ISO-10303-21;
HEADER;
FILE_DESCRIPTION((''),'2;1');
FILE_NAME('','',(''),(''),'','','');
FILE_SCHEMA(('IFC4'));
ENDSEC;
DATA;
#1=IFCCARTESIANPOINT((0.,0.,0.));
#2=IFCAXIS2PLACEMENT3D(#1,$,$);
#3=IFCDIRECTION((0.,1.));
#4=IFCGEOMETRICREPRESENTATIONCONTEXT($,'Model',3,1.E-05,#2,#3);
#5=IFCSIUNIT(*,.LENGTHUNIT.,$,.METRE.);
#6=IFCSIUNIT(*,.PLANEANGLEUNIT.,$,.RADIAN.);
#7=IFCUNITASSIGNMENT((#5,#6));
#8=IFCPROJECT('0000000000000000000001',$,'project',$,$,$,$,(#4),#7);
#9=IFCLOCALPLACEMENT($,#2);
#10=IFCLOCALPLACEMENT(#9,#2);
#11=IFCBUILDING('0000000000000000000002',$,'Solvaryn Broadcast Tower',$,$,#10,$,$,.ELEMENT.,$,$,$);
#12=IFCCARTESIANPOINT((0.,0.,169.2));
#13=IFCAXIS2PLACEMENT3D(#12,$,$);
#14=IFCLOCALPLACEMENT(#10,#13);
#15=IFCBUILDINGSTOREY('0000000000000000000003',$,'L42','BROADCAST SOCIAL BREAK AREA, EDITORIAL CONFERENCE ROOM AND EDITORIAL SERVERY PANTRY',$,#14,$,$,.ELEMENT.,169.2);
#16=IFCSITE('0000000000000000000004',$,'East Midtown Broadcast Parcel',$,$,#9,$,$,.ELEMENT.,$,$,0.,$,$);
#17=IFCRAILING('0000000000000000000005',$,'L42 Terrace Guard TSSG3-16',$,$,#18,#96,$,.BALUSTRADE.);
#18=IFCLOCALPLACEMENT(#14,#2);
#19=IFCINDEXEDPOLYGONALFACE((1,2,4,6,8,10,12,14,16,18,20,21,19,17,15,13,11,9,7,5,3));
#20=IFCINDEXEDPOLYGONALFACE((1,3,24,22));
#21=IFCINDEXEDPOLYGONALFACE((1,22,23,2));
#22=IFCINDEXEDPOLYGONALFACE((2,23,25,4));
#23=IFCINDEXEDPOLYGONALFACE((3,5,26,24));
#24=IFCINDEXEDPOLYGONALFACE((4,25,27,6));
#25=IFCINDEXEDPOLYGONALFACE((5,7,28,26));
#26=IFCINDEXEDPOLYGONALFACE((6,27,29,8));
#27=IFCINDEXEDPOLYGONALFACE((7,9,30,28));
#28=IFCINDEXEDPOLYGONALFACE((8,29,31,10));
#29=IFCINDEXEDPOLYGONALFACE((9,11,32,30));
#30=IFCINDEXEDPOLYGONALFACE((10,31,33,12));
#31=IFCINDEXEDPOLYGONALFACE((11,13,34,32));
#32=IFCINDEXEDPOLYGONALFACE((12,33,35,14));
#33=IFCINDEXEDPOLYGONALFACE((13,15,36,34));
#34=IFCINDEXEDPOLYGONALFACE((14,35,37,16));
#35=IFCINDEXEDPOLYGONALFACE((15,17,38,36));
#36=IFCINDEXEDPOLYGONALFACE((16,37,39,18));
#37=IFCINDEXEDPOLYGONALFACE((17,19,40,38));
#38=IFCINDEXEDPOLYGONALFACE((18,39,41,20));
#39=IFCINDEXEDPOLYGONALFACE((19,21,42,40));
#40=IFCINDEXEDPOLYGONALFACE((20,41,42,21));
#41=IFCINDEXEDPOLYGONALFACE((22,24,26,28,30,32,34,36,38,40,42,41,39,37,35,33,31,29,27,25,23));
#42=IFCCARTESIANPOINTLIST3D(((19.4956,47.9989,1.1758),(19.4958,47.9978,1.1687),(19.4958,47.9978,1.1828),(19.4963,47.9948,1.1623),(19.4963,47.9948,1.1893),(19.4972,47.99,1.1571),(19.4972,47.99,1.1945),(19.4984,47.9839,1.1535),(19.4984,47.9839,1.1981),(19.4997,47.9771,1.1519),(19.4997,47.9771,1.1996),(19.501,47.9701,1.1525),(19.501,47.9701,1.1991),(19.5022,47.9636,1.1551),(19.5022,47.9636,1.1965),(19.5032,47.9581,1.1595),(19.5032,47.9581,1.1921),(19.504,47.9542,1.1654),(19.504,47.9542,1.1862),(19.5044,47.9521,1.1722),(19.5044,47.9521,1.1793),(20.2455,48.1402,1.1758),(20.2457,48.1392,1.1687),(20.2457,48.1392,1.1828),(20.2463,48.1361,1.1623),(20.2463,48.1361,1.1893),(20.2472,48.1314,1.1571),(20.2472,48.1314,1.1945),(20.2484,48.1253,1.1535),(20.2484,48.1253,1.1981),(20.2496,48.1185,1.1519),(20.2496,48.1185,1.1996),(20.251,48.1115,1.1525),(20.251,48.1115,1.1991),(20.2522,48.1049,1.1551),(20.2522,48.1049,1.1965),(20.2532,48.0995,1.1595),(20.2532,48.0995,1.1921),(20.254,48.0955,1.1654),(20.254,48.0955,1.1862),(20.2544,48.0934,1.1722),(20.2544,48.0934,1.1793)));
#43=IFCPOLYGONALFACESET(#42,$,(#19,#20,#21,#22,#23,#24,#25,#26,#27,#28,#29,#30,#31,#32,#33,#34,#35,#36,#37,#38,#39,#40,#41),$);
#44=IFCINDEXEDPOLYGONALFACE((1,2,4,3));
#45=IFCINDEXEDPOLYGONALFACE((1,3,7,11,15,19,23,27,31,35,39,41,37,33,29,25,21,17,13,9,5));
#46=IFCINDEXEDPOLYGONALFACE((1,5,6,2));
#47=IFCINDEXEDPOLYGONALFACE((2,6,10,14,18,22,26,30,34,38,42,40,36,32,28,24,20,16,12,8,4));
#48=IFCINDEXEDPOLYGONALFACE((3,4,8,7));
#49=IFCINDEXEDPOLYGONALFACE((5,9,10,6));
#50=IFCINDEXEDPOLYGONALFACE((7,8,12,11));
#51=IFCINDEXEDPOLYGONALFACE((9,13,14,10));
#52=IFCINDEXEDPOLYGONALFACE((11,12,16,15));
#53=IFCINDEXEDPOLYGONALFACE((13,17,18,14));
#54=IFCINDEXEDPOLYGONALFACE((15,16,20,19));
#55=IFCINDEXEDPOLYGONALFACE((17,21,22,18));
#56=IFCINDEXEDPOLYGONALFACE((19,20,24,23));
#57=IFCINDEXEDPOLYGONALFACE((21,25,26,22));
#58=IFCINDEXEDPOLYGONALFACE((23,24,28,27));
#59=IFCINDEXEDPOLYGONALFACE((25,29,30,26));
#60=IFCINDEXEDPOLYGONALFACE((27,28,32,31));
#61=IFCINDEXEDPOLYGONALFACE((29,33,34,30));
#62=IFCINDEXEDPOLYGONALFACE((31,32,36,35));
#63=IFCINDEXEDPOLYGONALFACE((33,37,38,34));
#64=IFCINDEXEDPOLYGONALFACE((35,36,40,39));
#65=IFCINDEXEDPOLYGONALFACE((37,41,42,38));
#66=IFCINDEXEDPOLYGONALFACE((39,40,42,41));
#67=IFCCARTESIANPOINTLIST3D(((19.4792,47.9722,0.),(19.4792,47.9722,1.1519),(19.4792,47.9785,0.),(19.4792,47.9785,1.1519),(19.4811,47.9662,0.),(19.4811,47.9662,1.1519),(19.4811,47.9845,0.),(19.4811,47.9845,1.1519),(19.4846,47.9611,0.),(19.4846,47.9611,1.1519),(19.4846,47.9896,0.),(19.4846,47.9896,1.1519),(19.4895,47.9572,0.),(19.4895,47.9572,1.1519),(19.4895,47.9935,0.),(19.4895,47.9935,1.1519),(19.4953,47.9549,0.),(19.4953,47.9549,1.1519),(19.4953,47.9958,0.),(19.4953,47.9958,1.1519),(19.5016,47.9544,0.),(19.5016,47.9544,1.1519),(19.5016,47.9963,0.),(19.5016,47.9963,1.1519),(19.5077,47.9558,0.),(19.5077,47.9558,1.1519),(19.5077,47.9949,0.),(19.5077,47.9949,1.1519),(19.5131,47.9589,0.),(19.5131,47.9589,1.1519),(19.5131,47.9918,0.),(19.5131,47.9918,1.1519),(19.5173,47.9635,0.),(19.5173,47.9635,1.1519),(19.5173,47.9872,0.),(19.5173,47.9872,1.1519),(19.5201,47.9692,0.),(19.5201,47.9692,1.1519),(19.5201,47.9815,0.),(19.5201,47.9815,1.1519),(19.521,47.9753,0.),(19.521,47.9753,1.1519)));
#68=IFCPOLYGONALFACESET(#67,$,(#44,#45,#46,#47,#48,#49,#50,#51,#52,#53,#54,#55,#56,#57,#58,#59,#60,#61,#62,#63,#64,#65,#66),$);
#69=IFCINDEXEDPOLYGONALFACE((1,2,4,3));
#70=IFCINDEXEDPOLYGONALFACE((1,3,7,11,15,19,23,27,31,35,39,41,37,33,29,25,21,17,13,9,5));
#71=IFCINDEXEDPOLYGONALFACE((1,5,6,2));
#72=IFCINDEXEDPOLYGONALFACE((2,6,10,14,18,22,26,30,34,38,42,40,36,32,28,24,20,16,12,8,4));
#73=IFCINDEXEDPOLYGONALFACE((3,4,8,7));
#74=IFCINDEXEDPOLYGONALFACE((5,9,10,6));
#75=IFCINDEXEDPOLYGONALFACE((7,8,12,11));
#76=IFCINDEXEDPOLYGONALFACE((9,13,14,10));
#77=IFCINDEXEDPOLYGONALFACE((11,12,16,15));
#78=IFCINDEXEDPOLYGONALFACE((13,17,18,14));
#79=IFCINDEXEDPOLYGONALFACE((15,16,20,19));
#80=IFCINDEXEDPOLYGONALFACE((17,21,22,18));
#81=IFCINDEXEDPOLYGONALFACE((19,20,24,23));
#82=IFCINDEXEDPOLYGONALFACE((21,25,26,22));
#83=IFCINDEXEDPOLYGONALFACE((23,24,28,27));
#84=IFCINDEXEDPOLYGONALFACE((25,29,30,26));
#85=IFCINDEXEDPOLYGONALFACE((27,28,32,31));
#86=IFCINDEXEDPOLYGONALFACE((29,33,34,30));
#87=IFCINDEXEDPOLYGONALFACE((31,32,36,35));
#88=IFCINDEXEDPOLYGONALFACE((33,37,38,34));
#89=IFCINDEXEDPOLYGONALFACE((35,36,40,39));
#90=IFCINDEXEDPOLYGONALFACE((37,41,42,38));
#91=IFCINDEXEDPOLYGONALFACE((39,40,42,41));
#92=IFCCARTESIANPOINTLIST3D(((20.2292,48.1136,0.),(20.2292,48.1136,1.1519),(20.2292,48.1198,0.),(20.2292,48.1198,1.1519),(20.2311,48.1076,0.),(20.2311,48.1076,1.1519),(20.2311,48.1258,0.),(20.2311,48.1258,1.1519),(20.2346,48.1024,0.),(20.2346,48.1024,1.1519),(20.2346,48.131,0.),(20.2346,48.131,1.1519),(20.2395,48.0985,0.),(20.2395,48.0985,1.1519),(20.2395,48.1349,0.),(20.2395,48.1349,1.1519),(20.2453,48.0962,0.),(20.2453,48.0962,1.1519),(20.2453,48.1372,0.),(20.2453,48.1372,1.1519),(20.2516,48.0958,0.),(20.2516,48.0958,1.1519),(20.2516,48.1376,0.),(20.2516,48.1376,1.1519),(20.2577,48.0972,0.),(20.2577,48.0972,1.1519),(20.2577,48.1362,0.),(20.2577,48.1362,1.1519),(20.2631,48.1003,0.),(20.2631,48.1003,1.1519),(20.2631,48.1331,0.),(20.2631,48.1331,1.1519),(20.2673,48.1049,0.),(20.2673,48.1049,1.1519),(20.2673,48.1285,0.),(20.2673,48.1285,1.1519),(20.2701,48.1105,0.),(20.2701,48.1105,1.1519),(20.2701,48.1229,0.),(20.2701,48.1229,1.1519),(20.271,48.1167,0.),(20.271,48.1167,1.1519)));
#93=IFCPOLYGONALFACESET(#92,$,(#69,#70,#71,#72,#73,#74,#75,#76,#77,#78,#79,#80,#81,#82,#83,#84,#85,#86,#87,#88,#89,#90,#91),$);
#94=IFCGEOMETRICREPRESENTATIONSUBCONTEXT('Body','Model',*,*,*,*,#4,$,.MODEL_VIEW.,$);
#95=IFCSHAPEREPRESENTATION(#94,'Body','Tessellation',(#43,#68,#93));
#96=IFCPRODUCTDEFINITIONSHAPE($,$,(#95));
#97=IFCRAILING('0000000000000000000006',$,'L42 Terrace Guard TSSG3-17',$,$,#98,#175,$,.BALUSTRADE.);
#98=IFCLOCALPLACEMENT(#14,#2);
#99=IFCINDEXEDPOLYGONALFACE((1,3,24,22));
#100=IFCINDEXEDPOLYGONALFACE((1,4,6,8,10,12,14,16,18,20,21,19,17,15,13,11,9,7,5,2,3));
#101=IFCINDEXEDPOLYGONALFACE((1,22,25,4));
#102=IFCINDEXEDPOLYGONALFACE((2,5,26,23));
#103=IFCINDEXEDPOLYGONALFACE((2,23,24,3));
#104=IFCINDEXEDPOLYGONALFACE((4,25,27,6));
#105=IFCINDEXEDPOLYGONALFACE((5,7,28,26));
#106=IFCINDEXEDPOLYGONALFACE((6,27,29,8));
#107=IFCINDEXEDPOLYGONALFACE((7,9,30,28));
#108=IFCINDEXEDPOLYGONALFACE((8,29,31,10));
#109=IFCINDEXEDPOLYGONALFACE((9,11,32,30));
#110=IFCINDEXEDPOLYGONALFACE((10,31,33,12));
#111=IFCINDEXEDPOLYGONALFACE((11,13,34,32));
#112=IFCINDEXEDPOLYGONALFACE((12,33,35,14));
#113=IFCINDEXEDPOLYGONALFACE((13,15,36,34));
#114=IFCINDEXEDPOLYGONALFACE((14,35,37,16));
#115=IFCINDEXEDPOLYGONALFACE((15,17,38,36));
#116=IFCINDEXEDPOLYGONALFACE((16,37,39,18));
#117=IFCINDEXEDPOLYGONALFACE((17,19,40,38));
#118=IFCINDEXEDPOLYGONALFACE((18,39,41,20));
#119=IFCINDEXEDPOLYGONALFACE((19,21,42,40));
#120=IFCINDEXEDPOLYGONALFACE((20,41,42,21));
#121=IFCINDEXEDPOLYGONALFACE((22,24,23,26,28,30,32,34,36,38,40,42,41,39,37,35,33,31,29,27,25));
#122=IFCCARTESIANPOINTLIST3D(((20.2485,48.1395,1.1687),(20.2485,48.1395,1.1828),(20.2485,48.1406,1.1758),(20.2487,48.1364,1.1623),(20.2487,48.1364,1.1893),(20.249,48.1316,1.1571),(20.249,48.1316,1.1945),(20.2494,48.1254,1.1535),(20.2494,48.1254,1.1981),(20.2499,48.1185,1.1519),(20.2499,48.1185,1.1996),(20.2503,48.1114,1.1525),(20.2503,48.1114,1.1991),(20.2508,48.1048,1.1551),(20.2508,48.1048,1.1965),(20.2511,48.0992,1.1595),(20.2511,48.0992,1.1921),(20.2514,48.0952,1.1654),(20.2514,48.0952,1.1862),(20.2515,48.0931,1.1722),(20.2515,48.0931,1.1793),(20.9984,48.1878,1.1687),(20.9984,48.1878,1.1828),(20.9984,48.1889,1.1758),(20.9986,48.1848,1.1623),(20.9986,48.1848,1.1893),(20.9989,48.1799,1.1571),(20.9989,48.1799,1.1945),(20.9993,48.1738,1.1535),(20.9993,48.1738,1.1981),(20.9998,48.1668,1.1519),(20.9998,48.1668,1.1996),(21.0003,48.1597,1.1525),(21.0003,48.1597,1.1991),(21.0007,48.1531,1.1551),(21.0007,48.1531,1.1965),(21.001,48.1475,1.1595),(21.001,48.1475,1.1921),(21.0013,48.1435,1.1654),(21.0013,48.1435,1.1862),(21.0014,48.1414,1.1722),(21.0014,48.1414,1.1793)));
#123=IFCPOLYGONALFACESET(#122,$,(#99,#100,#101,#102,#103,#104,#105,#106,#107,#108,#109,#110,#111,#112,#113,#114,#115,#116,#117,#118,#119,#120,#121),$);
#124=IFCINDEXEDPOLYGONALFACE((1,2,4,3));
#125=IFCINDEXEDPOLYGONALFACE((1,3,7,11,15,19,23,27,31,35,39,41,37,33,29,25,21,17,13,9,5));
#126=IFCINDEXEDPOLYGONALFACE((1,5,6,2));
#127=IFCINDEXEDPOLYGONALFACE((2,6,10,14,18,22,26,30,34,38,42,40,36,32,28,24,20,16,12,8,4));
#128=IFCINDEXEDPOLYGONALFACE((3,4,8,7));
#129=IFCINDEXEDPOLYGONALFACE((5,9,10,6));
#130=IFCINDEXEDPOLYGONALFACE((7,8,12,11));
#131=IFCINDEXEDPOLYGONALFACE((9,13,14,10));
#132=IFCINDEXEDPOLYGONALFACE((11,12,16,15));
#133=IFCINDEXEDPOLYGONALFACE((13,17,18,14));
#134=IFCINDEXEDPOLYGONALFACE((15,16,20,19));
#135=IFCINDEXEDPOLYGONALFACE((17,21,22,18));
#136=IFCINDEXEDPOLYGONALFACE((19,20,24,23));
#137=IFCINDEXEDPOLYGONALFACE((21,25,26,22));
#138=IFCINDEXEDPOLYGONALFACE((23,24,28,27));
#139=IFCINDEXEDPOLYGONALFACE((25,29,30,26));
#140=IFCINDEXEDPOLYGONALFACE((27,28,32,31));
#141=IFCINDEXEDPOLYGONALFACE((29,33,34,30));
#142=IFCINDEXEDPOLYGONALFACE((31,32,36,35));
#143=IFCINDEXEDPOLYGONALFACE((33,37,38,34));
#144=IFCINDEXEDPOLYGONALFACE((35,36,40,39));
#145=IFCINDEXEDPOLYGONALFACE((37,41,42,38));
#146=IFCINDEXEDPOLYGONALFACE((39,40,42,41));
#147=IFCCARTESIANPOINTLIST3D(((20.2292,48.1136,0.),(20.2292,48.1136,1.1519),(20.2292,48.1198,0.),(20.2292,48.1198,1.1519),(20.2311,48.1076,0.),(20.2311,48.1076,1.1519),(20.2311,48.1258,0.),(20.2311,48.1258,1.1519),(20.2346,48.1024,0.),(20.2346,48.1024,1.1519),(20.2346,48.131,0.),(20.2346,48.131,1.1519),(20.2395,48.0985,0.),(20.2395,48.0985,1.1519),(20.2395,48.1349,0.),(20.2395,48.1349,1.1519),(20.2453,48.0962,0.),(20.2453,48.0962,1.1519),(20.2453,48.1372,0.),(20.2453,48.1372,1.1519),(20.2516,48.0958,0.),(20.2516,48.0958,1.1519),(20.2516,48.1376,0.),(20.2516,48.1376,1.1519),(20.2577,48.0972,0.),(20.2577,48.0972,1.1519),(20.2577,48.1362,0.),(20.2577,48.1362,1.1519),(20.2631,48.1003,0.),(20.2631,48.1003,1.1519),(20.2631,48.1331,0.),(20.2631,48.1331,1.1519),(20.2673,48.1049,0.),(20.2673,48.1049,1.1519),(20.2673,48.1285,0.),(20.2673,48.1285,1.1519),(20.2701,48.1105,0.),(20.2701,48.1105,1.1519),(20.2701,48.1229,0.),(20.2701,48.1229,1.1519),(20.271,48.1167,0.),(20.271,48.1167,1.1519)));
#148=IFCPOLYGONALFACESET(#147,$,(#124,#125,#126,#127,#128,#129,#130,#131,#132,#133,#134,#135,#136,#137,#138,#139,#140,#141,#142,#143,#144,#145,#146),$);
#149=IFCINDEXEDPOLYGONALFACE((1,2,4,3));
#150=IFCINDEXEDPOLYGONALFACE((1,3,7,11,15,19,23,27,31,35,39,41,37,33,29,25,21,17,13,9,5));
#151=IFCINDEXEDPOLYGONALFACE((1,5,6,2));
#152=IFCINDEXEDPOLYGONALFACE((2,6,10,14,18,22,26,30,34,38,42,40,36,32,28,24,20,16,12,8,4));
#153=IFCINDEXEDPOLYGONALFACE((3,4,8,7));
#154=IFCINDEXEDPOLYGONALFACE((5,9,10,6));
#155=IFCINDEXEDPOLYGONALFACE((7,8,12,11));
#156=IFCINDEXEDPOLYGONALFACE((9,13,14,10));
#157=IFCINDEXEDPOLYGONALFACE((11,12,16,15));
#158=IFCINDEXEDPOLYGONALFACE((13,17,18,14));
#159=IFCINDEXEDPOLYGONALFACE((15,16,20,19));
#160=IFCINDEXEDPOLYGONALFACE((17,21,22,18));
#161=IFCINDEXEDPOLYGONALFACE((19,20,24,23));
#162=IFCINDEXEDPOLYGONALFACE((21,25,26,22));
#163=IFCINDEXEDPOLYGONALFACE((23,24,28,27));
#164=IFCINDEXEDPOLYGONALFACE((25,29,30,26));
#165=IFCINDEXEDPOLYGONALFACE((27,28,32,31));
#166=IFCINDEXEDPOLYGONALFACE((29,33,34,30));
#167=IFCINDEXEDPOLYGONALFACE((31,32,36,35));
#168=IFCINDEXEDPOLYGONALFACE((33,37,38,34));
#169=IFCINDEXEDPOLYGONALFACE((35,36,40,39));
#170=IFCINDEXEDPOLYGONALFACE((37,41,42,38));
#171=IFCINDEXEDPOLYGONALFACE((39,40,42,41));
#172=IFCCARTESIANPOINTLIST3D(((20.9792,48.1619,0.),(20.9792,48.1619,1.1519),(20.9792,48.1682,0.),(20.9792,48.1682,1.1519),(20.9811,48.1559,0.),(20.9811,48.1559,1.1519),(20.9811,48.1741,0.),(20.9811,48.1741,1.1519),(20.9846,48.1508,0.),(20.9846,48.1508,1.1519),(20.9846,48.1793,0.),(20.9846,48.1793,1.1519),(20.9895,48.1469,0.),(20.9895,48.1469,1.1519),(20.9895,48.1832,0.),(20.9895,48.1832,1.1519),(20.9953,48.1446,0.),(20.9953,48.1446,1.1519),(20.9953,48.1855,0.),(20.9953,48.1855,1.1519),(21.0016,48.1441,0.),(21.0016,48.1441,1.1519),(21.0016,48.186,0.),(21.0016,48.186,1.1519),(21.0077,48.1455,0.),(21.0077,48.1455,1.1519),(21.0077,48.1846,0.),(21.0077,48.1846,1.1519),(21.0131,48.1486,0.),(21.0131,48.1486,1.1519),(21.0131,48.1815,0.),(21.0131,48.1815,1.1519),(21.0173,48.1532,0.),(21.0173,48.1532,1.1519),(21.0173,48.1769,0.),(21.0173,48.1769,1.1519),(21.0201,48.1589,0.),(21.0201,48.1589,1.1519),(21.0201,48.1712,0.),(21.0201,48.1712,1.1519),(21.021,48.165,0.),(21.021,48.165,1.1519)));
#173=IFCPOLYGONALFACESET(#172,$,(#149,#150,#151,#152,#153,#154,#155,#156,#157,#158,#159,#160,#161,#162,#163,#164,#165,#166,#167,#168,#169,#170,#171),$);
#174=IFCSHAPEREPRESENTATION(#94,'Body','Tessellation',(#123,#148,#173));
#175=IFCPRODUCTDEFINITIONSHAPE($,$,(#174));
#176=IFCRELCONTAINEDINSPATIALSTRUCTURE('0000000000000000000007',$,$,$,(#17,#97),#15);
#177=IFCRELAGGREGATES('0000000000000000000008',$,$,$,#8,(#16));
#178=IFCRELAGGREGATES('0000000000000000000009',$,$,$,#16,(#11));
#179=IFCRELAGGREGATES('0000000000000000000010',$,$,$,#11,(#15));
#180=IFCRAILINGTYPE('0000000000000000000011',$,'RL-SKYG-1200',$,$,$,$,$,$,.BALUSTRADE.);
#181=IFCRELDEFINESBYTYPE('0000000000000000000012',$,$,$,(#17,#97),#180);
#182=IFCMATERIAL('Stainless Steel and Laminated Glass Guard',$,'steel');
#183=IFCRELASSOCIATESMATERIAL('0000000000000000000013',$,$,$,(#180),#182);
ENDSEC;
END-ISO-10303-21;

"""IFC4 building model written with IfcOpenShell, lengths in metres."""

from ifc_helpers import new_model, si_unit, direction, frame, origin, origin_2d, place, context, subcontext, project, spatial, circle, extrude, material, type_object, element, save


model = new_model("IFC4")

# Units and contexts
model_context = context("Model", 3, precision=1e-05, world=origin(), true_north=direction((0.0, 1.0)))
body_context = subcontext(model_context, "Body", "Model", "MODEL_VIEW")
ifc_project = project(units=[si_unit("LENGTHUNIT", "METRE"), si_unit("PLANEANGLEUNIT", "RADIAN")], contexts=[model_context])

# Site, building, storey
site_placement = place(None, origin())
site = spatial("IfcSite", under=ifc_project, at=site_placement, Name="East Midtown Broadcast Parcel", CompositionType="ELEMENT", RefElevation=0.0)
building_placement = place(site_placement, origin())
building = spatial("IfcBuilding", under=site, at=building_placement, Name="Solvaryn Broadcast Tower", CompositionType="ELEMENT")
storey_placement = place(building_placement, frame((0.0, 0.0, 169.2)))
storey = spatial("IfcBuildingStorey", under=building, at=storey_placement, Name="L42", Description="BROADCAST SOCIAL BREAK AREA, EDITORIAL CONFERENCE ROOM AND EDITORIAL SERVERY PANTRY", CompositionType="ELEMENT", Elevation=169.2)

# Railings
ifc_material_1 = material(Name="Stainless Steel and Laminated Glass Guard", Category="steel")
railing_type = type_object("IfcRailingType", Name="RL-SKYG-1200", PredefinedType="BALUSTRADE", material=ifc_material_1)
railing_1_placement = place(storey_placement, frame((19.5, 47.9753, 0.0)))
element("IfcRailing", 1, at=railing_1_placement, inside=storey, type_object=railing_type, Name="L42 Terrace Guard TSSG3-16", PredefinedType="BALUSTRADE", context=body_context, shape_type="SweptSolid", body=[
    extrude(circle(Radius=0.0239, at=origin_2d()), frame((0.0, 0.0, 1.1758), z_axis=(0.982698, 0.185216, 0.0), x_axis=(-0.185216, 0.982698, 0.0)), (0.0, 0.0, 1.0), 0.7632),
    extrude(circle(Radius=0.021, at=origin_2d()), origin(), (0.0, 0.0, 1.0), 1.1519),
    extrude(circle(Radius=0.021, at=origin_2d()), frame((0.75, 0.1414, 0.0)), (0.0, 0.0, 1.0), 1.1519),
])
railing_2_placement = place(storey_placement, frame((20.25, 48.1167, 0.0)))
element("IfcRailing", 2, at=railing_2_placement, inside=storey, type_object=railing_type, Name="L42 Terrace Guard TSSG3-17", PredefinedType="BALUSTRADE", context=body_context, shape_type="SweptSolid", body=[
    extrude(circle(Radius=0.0239, at=origin_2d()), frame((0.0, 0.0, 1.1758), z_axis=(0.997929, 0.06432, 0.0), x_axis=(-0.06432, 0.997929, 0.0)), (0.0, 0.0, 1.0), 0.7515),
    extrude(circle(Radius=0.021, at=origin_2d()), origin(), (0.0, 0.0, 1.0), 1.1519),
    extrude(circle(Radius=0.021, at=origin_2d()), frame((0.75, 0.0483, 0.0)), (0.0, 0.0, 1.0), 1.1519),
])

save(model, "model.ifc")
